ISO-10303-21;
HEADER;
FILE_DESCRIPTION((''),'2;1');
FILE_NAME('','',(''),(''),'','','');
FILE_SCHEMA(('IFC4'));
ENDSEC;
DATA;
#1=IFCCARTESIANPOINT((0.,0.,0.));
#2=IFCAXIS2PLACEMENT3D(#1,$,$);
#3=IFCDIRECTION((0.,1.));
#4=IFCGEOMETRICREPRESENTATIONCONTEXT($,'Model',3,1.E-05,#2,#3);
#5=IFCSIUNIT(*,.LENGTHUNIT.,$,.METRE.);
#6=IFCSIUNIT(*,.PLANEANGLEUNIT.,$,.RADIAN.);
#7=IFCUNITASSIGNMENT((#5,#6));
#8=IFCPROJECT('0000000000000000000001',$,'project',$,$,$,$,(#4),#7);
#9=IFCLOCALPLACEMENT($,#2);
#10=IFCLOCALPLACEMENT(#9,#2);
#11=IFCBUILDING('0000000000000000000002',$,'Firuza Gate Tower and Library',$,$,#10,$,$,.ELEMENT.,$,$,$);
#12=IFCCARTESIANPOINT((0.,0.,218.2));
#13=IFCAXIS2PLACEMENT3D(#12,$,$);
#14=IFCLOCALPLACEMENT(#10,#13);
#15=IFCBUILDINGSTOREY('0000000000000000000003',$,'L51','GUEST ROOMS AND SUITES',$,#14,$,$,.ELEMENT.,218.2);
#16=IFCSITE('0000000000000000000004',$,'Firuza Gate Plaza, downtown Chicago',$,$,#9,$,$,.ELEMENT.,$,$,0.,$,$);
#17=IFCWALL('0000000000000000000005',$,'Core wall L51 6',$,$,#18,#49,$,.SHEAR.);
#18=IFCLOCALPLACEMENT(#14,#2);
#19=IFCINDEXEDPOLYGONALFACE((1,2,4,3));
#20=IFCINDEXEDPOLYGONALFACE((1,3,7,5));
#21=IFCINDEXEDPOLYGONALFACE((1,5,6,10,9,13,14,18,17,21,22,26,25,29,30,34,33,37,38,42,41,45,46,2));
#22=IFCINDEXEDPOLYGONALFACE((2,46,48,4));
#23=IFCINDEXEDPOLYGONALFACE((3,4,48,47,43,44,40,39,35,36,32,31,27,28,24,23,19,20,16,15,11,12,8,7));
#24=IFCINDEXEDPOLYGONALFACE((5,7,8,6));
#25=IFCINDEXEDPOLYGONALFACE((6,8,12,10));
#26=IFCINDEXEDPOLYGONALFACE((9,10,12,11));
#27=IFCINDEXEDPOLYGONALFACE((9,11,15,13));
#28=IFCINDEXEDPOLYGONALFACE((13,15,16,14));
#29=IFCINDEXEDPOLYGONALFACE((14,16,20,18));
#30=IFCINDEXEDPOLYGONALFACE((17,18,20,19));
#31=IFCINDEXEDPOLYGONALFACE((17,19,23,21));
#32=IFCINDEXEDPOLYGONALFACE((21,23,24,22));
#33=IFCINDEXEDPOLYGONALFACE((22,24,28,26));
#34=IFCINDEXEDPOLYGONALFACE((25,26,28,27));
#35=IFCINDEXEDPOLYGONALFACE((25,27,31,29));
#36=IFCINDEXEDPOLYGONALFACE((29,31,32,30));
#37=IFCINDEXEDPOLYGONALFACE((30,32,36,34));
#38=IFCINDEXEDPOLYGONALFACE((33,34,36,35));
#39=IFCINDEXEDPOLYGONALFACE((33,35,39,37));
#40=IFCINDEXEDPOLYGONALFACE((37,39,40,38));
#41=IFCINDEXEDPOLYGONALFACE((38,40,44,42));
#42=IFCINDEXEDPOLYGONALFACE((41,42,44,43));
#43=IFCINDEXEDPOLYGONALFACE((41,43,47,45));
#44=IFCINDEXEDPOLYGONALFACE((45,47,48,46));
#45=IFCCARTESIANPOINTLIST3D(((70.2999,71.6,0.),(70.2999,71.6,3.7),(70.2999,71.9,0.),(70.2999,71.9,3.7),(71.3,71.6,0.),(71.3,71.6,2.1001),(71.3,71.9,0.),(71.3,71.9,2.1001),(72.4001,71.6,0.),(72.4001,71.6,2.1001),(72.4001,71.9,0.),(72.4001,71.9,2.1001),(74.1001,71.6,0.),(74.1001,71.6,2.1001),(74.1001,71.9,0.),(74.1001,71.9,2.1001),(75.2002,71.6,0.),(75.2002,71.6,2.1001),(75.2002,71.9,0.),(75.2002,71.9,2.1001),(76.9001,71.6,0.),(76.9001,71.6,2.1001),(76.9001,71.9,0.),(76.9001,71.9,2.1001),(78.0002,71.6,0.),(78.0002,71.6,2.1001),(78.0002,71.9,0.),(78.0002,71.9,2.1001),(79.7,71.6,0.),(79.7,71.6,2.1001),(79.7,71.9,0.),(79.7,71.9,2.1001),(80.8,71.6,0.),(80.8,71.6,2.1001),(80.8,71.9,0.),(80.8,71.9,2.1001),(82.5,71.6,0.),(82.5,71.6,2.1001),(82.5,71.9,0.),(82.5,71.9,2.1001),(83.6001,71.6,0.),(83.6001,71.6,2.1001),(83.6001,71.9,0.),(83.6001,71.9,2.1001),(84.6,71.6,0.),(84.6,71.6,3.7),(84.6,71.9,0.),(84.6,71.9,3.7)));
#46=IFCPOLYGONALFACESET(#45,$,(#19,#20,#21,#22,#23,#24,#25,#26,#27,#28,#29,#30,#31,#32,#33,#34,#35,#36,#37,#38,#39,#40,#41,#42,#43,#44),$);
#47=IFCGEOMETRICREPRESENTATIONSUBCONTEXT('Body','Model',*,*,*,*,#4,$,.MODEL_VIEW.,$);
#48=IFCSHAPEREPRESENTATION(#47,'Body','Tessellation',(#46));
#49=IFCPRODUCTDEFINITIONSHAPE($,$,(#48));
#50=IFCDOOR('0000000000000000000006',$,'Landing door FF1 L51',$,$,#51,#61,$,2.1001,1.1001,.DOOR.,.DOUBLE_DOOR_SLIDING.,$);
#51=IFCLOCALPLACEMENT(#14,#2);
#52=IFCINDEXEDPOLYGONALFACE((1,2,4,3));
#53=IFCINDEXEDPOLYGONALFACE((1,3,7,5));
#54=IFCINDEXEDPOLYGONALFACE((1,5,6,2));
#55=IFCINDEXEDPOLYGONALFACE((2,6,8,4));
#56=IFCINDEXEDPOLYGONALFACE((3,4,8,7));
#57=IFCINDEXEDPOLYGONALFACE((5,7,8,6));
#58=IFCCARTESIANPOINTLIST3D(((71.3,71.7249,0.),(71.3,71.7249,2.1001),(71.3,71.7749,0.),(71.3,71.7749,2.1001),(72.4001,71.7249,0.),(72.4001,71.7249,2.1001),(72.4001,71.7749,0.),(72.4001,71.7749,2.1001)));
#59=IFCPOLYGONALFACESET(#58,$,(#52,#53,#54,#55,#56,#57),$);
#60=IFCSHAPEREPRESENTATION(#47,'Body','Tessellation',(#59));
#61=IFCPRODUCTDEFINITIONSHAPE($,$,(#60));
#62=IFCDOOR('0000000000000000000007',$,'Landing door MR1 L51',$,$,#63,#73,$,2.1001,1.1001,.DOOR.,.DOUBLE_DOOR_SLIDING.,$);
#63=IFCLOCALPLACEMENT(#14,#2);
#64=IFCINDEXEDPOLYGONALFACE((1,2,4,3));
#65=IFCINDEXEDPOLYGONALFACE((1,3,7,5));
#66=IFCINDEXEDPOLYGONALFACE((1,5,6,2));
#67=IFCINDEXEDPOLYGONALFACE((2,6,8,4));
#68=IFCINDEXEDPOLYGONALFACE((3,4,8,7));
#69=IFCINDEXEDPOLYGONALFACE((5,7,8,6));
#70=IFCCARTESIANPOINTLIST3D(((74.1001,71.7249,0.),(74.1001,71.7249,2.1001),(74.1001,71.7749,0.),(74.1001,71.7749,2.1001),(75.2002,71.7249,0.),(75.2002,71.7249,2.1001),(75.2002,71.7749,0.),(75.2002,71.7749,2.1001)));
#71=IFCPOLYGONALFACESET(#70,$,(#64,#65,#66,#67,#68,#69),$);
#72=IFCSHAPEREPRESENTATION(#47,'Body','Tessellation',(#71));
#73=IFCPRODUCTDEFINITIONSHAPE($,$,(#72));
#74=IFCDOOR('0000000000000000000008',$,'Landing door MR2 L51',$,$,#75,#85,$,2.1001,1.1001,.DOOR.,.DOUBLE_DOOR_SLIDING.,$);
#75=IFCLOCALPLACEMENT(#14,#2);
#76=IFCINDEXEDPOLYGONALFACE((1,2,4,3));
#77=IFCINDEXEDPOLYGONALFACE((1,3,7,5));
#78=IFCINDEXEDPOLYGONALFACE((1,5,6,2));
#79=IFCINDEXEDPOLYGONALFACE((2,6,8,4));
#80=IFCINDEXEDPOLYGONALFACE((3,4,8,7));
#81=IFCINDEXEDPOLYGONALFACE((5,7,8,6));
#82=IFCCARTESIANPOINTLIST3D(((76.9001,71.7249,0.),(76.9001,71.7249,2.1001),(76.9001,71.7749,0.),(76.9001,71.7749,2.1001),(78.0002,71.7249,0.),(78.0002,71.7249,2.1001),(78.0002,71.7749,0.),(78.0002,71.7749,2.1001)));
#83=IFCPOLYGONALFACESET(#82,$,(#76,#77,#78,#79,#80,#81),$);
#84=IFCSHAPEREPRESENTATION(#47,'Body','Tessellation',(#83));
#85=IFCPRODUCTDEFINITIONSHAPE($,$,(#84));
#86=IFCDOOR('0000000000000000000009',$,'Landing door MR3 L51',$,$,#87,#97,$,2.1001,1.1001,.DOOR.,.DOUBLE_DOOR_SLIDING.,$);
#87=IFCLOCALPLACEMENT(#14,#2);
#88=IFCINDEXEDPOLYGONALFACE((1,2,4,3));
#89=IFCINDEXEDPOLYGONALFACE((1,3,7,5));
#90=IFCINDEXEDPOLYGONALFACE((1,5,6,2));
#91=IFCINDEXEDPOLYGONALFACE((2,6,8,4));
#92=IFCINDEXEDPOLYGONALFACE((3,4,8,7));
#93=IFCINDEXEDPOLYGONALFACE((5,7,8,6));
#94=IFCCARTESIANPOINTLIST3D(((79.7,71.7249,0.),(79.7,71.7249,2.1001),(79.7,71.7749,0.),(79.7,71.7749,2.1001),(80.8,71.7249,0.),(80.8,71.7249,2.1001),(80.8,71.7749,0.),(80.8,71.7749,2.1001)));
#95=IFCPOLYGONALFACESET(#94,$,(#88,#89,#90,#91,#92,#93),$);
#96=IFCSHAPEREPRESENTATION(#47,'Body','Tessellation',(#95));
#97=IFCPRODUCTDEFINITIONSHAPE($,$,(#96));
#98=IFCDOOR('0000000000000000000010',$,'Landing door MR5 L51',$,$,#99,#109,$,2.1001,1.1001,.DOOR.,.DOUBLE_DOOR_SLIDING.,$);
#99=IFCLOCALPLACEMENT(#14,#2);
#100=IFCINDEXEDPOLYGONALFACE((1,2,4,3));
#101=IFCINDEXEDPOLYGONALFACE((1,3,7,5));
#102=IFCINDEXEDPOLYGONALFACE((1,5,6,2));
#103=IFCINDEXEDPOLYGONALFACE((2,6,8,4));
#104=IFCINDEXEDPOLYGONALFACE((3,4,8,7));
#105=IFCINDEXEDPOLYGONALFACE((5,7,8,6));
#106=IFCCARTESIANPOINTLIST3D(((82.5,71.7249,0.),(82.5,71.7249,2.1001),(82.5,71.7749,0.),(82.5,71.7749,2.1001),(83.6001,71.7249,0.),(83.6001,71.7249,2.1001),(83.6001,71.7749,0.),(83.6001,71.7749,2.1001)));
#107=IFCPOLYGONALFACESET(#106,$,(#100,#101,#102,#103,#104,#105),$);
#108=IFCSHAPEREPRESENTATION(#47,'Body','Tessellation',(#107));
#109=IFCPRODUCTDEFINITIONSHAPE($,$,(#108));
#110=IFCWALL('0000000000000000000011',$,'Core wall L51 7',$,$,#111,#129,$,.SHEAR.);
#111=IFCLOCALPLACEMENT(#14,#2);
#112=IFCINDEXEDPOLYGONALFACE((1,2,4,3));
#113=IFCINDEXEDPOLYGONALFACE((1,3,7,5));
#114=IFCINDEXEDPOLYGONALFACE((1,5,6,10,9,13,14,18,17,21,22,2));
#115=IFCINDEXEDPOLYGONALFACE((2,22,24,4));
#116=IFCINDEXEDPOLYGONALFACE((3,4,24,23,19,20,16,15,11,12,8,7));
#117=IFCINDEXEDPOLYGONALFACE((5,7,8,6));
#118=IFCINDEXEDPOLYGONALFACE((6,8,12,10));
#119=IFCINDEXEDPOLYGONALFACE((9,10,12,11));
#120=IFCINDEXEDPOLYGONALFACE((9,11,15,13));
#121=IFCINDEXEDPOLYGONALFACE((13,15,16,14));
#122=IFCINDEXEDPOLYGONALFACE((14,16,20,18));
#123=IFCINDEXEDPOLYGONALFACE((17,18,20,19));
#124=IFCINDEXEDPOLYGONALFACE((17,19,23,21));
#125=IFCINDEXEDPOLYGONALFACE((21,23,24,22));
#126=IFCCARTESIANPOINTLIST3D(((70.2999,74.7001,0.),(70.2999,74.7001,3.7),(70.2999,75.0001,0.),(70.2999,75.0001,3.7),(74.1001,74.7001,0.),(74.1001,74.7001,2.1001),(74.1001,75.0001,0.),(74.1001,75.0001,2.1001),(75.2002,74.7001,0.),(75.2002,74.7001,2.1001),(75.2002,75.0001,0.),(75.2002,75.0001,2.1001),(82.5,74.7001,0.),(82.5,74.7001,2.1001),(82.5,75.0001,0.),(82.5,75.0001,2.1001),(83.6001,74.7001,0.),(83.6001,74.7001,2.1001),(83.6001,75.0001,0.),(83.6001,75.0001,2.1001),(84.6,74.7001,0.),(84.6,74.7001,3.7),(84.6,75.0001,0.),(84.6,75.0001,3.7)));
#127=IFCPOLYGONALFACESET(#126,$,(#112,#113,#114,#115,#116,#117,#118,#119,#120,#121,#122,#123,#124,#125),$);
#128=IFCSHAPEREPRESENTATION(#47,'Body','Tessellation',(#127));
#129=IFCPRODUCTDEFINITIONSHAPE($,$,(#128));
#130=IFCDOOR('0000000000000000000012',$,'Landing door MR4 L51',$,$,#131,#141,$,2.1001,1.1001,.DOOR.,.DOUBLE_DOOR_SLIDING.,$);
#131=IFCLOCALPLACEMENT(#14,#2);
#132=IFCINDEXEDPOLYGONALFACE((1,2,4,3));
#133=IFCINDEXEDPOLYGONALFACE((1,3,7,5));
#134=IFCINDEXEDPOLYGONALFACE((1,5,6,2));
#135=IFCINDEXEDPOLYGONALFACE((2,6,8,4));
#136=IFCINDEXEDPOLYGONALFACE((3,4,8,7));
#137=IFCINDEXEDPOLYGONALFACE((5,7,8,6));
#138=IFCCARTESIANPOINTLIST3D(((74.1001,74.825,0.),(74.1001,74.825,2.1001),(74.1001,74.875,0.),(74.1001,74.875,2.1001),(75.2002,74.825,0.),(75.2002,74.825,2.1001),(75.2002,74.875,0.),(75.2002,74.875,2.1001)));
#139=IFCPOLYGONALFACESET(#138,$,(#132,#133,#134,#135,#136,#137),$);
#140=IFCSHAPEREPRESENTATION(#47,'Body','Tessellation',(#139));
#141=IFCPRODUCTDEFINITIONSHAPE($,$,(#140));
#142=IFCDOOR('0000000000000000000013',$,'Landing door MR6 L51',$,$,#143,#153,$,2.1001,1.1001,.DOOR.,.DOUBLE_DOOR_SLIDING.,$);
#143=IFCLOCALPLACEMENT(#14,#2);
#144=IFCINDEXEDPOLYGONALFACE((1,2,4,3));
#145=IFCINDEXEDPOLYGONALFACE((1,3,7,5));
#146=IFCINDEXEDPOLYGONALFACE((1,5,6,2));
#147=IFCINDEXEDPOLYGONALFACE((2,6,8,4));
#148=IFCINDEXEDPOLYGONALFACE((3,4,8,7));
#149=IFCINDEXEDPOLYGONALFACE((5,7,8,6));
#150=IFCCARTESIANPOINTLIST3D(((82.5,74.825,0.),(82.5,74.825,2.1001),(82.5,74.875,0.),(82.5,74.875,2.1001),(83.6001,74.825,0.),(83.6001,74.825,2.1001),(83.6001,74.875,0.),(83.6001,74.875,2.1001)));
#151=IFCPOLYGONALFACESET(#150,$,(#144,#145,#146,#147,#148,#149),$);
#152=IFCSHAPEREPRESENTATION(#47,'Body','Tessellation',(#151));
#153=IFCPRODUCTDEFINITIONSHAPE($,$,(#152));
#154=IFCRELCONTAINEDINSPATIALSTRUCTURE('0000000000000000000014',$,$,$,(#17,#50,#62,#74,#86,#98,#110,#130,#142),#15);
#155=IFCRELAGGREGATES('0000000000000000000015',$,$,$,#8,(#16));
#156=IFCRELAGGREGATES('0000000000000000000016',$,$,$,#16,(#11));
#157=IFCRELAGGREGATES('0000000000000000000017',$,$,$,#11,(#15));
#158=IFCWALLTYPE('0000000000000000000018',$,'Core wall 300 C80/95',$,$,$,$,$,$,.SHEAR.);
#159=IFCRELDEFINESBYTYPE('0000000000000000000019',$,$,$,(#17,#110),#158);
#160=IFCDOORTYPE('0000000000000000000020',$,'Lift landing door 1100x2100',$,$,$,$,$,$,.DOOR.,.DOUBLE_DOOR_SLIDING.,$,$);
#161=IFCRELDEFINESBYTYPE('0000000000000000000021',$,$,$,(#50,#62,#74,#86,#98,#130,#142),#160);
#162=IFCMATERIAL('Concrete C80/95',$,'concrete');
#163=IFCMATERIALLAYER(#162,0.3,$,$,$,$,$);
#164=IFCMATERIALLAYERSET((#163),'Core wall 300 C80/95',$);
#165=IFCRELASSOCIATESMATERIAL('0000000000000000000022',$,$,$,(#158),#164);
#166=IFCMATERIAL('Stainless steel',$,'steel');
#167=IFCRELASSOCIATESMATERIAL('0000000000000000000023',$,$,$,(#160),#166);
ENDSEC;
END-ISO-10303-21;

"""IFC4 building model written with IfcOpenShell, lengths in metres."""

from ifc_helpers import new_model, si_unit, direction, frame, frame_2d, origin, place, context, subcontext, project, spatial, rectangle, extrude, material, layer, layer_set, type_object, element, fill, save


model = new_model("IFC4")

# Units and contexts
model_context = context("Model", 3, precision=1e-05, world=origin(), true_north=direction((0.0, 1.0)))
body_context = subcontext(model_context, "Body", "Model", "MODEL_VIEW")
ifc_project = project(units=[si_unit("LENGTHUNIT", "METRE"), si_unit("PLANEANGLEUNIT", "RADIAN")], contexts=[model_context])

# Site, building, storey
site_placement = place(None, origin())
site = spatial("IfcSite", under=ifc_project, at=site_placement, Name="Firuza Gate Plaza, downtown Chicago", CompositionType="ELEMENT", RefElevation=0.0)
building_placement = place(site_placement, origin())
building = spatial("IfcBuilding", under=site, at=building_placement, Name="Firuza Gate Tower and Library", CompositionType="ELEMENT")
storey_placement = place(building_placement, frame((0.0, 0.0, 218.2)))
storey = spatial("IfcBuildingStorey", under=building, at=storey_placement, Name="L51", Description="GUEST ROOMS AND SUITES", CompositionType="ELEMENT", Elevation=218.2)

# Walls, openings, doors
ifc_material_1 = material(Name="Concrete C80/95", Category="concrete")
ifc_layer_1 = layer(ifc_material_1, 0.3)
ifc_layer_set_1 = layer_set([ifc_layer_1], Name="Core wall 300 C80/95")
wall_type_1 = type_object("IfcWallType", Name="Core wall 300 C80/95", PredefinedType="SHEAR", material=ifc_layer_set_1)
wall_1_placement = place(storey_placement, frame((70.3, 71.75, 0.0), z_axis=(0.0, 0.0, 1.0), x_axis=(1.0, 0.0, 0.0)))
wall_1 = element("IfcWall", 1, at=wall_1_placement, inside=storey, type_object=wall_type_1, Name="Core wall L51 6", PredefinedType="SHEAR", context=body_context, shape_type="SweptSolid", body=[
    extrude(rectangle(XDim=14.3, YDim=0.3, at=frame_2d((7.1499, 0.0))), origin(), (0.0, 0.0, 1.0), 3.7),
])
opening_1_placement = place(wall_1_placement, frame((1.0, 0.0, 0.0)))
opening_1 = element("IfcOpeningElement", 2, at=opening_1_placement, cuts=wall_1, PredefinedType="OPENING", context=body_context, shape_type="SweptSolid", body=[
    extrude(rectangle(XDim=1.1001, YDim=2.1001, at=frame_2d((0.55, 1.05))), frame((0.0, 0.1602, 0.0), z_axis=(0.0, -1.0, 0.0), x_axis=(1.0, 0.0, 0.0)), (0.0, 0.0, 1.0), 0.3201),
])
opening_2_placement = place(wall_1_placement, frame((3.8, 0.0, 0.0)))
opening_2 = element("IfcOpeningElement", 3, at=opening_2_placement, cuts=wall_1, PredefinedType="OPENING", context=body_context, shape_type="SweptSolid", body=[
    extrude(rectangle(XDim=1.1001, YDim=2.1001, at=frame_2d((0.55, 1.05))), frame((0.0, 0.1602, 0.0), z_axis=(0.0, -1.0, 0.0), x_axis=(1.0, 0.0, 0.0)), (0.0, 0.0, 1.0), 0.3201),
])
opening_3_placement = place(wall_1_placement, frame((6.6001, 0.0, 0.0)))
opening_3 = element("IfcOpeningElement", 4, at=opening_3_placement, cuts=wall_1, PredefinedType="OPENING", context=body_context, shape_type="SweptSolid", body=[
    extrude(rectangle(XDim=1.1001, YDim=2.1001, at=frame_2d((0.55, 1.05))), frame((0.0, 0.1602, 0.0), z_axis=(0.0, -1.0, 0.0), x_axis=(1.0, 0.0, 0.0)), (0.0, 0.0, 1.0), 0.3201),
])
opening_4_placement = place(wall_1_placement, frame((9.3999, 0.0, 0.0)))
opening_4 = element("IfcOpeningElement", 5, at=opening_4_placement, cuts=wall_1, PredefinedType="OPENING", context=body_context, shape_type="SweptSolid", body=[
    extrude(rectangle(XDim=1.1001, YDim=2.1001, at=frame_2d((0.55, 1.05))), frame((0.0, 0.1602, 0.0), z_axis=(0.0, -1.0, 0.0), x_axis=(1.0, 0.0, 0.0)), (0.0, 0.0, 1.0), 0.3201),
])
opening_5_placement = place(wall_1_placement, frame((12.2, 0.0, 0.0)))
opening_5 = element("IfcOpeningElement", 6, at=opening_5_placement, cuts=wall_1, PredefinedType="OPENING", context=body_context, shape_type="SweptSolid", body=[
    extrude(rectangle(XDim=1.1001, YDim=2.1001, at=frame_2d((0.55, 1.05))), frame((0.0, 0.1602, 0.0), z_axis=(0.0, -1.0, 0.0), x_axis=(1.0, 0.0, 0.0)), (0.0, 0.0, 1.0), 0.3201),
])
ifc_material_2 = material(Name="Stainless steel", Category="steel")
door_type_1 = type_object("IfcDoorType", Name="Lift landing door 1100x2100", OperationType="DOUBLE_DOOR_SLIDING", PredefinedType="DOOR", material=ifc_material_2)
door_1_placement = place(opening_1_placement, origin())
door_1 = element("IfcDoor", 7, at=door_1_placement, inside=storey, type_object=door_type_1, Name="Landing door FF1 L51", OperationType="DOUBLE_DOOR_SLIDING", OverallHeight=2.1001, OverallWidth=1.1001, PredefinedType="DOOR", context=body_context, shape_type="SweptSolid", body=[
    extrude(rectangle(XDim=1.1001, YDim=2.1001, at=frame_2d((0.55, 1.05))), frame((0.0, 0.0249, 0.0), z_axis=(0.0, -1.0, 0.0), x_axis=(1.0, 0.0, 0.0)), (0.0, 0.0, 1.0), 0.05),
])
fill(opening_1, door_1)
door_2_placement = place(opening_2_placement, origin())
door_2 = element("IfcDoor", 8, at=door_2_placement, inside=storey, type_object=door_type_1, Name="Landing door MR1 L51", OperationType="DOUBLE_DOOR_SLIDING", OverallHeight=2.1001, OverallWidth=1.1001, PredefinedType="DOOR", context=body_context, shape_type="SweptSolid", body=[
    extrude(rectangle(XDim=1.1001, YDim=2.1001, at=frame_2d((0.55, 1.05))), frame((0.0, 0.0249, 0.0), z_axis=(0.0, -1.0, 0.0), x_axis=(1.0, 0.0, 0.0)), (0.0, 0.0, 1.0), 0.05),
])
fill(opening_2, door_2)
door_3_placement = place(opening_3_placement, origin())
door_3 = element("IfcDoor", 9, at=door_3_placement, inside=storey, type_object=door_type_1, Name="Landing door MR2 L51", OperationType="DOUBLE_DOOR_SLIDING", OverallHeight=2.1001, OverallWidth=1.1001, PredefinedType="DOOR", context=body_context, shape_type="SweptSolid", body=[
    extrude(rectangle(XDim=1.1001, YDim=2.1001, at=frame_2d((0.55, 1.05))), frame((0.0, 0.0249, 0.0), z_axis=(0.0, -1.0, 0.0), x_axis=(1.0, 0.0, 0.0)), (0.0, 0.0, 1.0), 0.05),
])
fill(opening_3, door_3)
door_4_placement = place(opening_4_placement, origin())
door_4 = element("IfcDoor", 10, at=door_4_placement, inside=storey, type_object=door_type_1, Name="Landing door MR3 L51", OperationType="DOUBLE_DOOR_SLIDING", OverallHeight=2.1001, OverallWidth=1.1001, PredefinedType="DOOR", context=body_context, shape_type="SweptSolid", body=[
    extrude(rectangle(XDim=1.1001, YDim=2.1001, at=frame_2d((0.55, 1.05))), frame((0.0, 0.0249, 0.0), z_axis=(0.0, -1.0, 0.0), x_axis=(1.0, 0.0, 0.0)), (0.0, 0.0, 1.0), 0.05),
])
fill(opening_4, door_4)
door_5_placement = place(opening_5_placement, origin())
door_5 = element("IfcDoor", 11, at=door_5_placement, inside=storey, type_object=door_type_1, Name="Landing door MR5 L51", OperationType="DOUBLE_DOOR_SLIDING", OverallHeight=2.1001, OverallWidth=1.1001, PredefinedType="DOOR", context=body_context, shape_type="SweptSolid", body=[
    extrude(rectangle(XDim=1.1001, YDim=2.1001, at=frame_2d((0.55, 1.05))), frame((0.0, 0.0249, 0.0), z_axis=(0.0, -1.0, 0.0), x_axis=(1.0, 0.0, 0.0)), (0.0, 0.0, 1.0), 0.05),
])
fill(opening_5, door_5)
wall_2_placement = place(storey_placement, frame((70.3, 74.8501, 0.0), z_axis=(0.0, 0.0, 1.0), x_axis=(1.0, 0.0, 0.0)))
wall_2 = element("IfcWall", 12, at=wall_2_placement, inside=storey, type_object=wall_type_1, Name="Core wall L51 7", PredefinedType="SHEAR", context=body_context, shape_type="SweptSolid", body=[
    extrude(rectangle(XDim=14.3, YDim=0.3, at=frame_2d((7.1499, 0.0))), origin(), (0.0, 0.0, 1.0), 3.7),
])
opening_6_placement = place(wall_2_placement, frame((3.8, 0.0, 0.0)))
opening_6 = element("IfcOpeningElement", 13, at=opening_6_placement, cuts=wall_2, PredefinedType="OPENING", context=body_context, shape_type="SweptSolid", body=[
    extrude(rectangle(XDim=1.1001, YDim=2.1001, at=frame_2d((0.55, 1.05))), frame((0.0, 0.1602, 0.0), z_axis=(0.0, -1.0, 0.0), x_axis=(1.0, 0.0, 0.0)), (0.0, 0.0, 1.0), 0.3201),
])
opening_7_placement = place(wall_2_placement, frame((12.2, 0.0, 0.0)))
opening_7 = element("IfcOpeningElement", 14, at=opening_7_placement, cuts=wall_2, PredefinedType="OPENING", context=body_context, shape_type="SweptSolid", body=[
    extrude(rectangle(XDim=1.1001, YDim=2.1001, at=frame_2d((0.55, 1.05))), frame((0.0, 0.1602, 0.0), z_axis=(0.0, -1.0, 0.0), x_axis=(1.0, 0.0, 0.0)), (0.0, 0.0, 1.0), 0.3201),
])
door_6_placement = place(opening_6_placement, origin())
door_6 = element("IfcDoor", 15, at=door_6_placement, inside=storey, type_object=door_type_1, Name="Landing door MR4 L51", OperationType="DOUBLE_DOOR_SLIDING", OverallHeight=2.1001, OverallWidth=1.1001, PredefinedType="DOOR", context=body_context, shape_type="SweptSolid", body=[
    extrude(rectangle(XDim=1.1001, YDim=2.1001, at=frame_2d((0.55, 1.05))), frame((0.0, 0.0249, 0.0), z_axis=(0.0, -1.0, 0.0), x_axis=(1.0, 0.0, 0.0)), (0.0, 0.0, 1.0), 0.05),
])
fill(opening_6, door_6)
door_7_placement = place(opening_7_placement, origin())
door_7 = element("IfcDoor", 16, at=door_7_placement, inside=storey, type_object=door_type_1, Name="Landing door MR6 L51", OperationType="DOUBLE_DOOR_SLIDING", OverallHeight=2.1001, OverallWidth=1.1001, PredefinedType="DOOR", context=body_context, shape_type="SweptSolid", body=[
    extrude(rectangle(XDim=1.1001, YDim=2.1001, at=frame_2d((0.55, 1.05))), frame((0.0, 0.0249, 0.0), z_axis=(0.0, -1.0, 0.0), x_axis=(1.0, 0.0, 0.0)), (0.0, 0.0, 1.0), 0.05),
])
fill(opening_7, door_7)

save(model, "model.ifc")
